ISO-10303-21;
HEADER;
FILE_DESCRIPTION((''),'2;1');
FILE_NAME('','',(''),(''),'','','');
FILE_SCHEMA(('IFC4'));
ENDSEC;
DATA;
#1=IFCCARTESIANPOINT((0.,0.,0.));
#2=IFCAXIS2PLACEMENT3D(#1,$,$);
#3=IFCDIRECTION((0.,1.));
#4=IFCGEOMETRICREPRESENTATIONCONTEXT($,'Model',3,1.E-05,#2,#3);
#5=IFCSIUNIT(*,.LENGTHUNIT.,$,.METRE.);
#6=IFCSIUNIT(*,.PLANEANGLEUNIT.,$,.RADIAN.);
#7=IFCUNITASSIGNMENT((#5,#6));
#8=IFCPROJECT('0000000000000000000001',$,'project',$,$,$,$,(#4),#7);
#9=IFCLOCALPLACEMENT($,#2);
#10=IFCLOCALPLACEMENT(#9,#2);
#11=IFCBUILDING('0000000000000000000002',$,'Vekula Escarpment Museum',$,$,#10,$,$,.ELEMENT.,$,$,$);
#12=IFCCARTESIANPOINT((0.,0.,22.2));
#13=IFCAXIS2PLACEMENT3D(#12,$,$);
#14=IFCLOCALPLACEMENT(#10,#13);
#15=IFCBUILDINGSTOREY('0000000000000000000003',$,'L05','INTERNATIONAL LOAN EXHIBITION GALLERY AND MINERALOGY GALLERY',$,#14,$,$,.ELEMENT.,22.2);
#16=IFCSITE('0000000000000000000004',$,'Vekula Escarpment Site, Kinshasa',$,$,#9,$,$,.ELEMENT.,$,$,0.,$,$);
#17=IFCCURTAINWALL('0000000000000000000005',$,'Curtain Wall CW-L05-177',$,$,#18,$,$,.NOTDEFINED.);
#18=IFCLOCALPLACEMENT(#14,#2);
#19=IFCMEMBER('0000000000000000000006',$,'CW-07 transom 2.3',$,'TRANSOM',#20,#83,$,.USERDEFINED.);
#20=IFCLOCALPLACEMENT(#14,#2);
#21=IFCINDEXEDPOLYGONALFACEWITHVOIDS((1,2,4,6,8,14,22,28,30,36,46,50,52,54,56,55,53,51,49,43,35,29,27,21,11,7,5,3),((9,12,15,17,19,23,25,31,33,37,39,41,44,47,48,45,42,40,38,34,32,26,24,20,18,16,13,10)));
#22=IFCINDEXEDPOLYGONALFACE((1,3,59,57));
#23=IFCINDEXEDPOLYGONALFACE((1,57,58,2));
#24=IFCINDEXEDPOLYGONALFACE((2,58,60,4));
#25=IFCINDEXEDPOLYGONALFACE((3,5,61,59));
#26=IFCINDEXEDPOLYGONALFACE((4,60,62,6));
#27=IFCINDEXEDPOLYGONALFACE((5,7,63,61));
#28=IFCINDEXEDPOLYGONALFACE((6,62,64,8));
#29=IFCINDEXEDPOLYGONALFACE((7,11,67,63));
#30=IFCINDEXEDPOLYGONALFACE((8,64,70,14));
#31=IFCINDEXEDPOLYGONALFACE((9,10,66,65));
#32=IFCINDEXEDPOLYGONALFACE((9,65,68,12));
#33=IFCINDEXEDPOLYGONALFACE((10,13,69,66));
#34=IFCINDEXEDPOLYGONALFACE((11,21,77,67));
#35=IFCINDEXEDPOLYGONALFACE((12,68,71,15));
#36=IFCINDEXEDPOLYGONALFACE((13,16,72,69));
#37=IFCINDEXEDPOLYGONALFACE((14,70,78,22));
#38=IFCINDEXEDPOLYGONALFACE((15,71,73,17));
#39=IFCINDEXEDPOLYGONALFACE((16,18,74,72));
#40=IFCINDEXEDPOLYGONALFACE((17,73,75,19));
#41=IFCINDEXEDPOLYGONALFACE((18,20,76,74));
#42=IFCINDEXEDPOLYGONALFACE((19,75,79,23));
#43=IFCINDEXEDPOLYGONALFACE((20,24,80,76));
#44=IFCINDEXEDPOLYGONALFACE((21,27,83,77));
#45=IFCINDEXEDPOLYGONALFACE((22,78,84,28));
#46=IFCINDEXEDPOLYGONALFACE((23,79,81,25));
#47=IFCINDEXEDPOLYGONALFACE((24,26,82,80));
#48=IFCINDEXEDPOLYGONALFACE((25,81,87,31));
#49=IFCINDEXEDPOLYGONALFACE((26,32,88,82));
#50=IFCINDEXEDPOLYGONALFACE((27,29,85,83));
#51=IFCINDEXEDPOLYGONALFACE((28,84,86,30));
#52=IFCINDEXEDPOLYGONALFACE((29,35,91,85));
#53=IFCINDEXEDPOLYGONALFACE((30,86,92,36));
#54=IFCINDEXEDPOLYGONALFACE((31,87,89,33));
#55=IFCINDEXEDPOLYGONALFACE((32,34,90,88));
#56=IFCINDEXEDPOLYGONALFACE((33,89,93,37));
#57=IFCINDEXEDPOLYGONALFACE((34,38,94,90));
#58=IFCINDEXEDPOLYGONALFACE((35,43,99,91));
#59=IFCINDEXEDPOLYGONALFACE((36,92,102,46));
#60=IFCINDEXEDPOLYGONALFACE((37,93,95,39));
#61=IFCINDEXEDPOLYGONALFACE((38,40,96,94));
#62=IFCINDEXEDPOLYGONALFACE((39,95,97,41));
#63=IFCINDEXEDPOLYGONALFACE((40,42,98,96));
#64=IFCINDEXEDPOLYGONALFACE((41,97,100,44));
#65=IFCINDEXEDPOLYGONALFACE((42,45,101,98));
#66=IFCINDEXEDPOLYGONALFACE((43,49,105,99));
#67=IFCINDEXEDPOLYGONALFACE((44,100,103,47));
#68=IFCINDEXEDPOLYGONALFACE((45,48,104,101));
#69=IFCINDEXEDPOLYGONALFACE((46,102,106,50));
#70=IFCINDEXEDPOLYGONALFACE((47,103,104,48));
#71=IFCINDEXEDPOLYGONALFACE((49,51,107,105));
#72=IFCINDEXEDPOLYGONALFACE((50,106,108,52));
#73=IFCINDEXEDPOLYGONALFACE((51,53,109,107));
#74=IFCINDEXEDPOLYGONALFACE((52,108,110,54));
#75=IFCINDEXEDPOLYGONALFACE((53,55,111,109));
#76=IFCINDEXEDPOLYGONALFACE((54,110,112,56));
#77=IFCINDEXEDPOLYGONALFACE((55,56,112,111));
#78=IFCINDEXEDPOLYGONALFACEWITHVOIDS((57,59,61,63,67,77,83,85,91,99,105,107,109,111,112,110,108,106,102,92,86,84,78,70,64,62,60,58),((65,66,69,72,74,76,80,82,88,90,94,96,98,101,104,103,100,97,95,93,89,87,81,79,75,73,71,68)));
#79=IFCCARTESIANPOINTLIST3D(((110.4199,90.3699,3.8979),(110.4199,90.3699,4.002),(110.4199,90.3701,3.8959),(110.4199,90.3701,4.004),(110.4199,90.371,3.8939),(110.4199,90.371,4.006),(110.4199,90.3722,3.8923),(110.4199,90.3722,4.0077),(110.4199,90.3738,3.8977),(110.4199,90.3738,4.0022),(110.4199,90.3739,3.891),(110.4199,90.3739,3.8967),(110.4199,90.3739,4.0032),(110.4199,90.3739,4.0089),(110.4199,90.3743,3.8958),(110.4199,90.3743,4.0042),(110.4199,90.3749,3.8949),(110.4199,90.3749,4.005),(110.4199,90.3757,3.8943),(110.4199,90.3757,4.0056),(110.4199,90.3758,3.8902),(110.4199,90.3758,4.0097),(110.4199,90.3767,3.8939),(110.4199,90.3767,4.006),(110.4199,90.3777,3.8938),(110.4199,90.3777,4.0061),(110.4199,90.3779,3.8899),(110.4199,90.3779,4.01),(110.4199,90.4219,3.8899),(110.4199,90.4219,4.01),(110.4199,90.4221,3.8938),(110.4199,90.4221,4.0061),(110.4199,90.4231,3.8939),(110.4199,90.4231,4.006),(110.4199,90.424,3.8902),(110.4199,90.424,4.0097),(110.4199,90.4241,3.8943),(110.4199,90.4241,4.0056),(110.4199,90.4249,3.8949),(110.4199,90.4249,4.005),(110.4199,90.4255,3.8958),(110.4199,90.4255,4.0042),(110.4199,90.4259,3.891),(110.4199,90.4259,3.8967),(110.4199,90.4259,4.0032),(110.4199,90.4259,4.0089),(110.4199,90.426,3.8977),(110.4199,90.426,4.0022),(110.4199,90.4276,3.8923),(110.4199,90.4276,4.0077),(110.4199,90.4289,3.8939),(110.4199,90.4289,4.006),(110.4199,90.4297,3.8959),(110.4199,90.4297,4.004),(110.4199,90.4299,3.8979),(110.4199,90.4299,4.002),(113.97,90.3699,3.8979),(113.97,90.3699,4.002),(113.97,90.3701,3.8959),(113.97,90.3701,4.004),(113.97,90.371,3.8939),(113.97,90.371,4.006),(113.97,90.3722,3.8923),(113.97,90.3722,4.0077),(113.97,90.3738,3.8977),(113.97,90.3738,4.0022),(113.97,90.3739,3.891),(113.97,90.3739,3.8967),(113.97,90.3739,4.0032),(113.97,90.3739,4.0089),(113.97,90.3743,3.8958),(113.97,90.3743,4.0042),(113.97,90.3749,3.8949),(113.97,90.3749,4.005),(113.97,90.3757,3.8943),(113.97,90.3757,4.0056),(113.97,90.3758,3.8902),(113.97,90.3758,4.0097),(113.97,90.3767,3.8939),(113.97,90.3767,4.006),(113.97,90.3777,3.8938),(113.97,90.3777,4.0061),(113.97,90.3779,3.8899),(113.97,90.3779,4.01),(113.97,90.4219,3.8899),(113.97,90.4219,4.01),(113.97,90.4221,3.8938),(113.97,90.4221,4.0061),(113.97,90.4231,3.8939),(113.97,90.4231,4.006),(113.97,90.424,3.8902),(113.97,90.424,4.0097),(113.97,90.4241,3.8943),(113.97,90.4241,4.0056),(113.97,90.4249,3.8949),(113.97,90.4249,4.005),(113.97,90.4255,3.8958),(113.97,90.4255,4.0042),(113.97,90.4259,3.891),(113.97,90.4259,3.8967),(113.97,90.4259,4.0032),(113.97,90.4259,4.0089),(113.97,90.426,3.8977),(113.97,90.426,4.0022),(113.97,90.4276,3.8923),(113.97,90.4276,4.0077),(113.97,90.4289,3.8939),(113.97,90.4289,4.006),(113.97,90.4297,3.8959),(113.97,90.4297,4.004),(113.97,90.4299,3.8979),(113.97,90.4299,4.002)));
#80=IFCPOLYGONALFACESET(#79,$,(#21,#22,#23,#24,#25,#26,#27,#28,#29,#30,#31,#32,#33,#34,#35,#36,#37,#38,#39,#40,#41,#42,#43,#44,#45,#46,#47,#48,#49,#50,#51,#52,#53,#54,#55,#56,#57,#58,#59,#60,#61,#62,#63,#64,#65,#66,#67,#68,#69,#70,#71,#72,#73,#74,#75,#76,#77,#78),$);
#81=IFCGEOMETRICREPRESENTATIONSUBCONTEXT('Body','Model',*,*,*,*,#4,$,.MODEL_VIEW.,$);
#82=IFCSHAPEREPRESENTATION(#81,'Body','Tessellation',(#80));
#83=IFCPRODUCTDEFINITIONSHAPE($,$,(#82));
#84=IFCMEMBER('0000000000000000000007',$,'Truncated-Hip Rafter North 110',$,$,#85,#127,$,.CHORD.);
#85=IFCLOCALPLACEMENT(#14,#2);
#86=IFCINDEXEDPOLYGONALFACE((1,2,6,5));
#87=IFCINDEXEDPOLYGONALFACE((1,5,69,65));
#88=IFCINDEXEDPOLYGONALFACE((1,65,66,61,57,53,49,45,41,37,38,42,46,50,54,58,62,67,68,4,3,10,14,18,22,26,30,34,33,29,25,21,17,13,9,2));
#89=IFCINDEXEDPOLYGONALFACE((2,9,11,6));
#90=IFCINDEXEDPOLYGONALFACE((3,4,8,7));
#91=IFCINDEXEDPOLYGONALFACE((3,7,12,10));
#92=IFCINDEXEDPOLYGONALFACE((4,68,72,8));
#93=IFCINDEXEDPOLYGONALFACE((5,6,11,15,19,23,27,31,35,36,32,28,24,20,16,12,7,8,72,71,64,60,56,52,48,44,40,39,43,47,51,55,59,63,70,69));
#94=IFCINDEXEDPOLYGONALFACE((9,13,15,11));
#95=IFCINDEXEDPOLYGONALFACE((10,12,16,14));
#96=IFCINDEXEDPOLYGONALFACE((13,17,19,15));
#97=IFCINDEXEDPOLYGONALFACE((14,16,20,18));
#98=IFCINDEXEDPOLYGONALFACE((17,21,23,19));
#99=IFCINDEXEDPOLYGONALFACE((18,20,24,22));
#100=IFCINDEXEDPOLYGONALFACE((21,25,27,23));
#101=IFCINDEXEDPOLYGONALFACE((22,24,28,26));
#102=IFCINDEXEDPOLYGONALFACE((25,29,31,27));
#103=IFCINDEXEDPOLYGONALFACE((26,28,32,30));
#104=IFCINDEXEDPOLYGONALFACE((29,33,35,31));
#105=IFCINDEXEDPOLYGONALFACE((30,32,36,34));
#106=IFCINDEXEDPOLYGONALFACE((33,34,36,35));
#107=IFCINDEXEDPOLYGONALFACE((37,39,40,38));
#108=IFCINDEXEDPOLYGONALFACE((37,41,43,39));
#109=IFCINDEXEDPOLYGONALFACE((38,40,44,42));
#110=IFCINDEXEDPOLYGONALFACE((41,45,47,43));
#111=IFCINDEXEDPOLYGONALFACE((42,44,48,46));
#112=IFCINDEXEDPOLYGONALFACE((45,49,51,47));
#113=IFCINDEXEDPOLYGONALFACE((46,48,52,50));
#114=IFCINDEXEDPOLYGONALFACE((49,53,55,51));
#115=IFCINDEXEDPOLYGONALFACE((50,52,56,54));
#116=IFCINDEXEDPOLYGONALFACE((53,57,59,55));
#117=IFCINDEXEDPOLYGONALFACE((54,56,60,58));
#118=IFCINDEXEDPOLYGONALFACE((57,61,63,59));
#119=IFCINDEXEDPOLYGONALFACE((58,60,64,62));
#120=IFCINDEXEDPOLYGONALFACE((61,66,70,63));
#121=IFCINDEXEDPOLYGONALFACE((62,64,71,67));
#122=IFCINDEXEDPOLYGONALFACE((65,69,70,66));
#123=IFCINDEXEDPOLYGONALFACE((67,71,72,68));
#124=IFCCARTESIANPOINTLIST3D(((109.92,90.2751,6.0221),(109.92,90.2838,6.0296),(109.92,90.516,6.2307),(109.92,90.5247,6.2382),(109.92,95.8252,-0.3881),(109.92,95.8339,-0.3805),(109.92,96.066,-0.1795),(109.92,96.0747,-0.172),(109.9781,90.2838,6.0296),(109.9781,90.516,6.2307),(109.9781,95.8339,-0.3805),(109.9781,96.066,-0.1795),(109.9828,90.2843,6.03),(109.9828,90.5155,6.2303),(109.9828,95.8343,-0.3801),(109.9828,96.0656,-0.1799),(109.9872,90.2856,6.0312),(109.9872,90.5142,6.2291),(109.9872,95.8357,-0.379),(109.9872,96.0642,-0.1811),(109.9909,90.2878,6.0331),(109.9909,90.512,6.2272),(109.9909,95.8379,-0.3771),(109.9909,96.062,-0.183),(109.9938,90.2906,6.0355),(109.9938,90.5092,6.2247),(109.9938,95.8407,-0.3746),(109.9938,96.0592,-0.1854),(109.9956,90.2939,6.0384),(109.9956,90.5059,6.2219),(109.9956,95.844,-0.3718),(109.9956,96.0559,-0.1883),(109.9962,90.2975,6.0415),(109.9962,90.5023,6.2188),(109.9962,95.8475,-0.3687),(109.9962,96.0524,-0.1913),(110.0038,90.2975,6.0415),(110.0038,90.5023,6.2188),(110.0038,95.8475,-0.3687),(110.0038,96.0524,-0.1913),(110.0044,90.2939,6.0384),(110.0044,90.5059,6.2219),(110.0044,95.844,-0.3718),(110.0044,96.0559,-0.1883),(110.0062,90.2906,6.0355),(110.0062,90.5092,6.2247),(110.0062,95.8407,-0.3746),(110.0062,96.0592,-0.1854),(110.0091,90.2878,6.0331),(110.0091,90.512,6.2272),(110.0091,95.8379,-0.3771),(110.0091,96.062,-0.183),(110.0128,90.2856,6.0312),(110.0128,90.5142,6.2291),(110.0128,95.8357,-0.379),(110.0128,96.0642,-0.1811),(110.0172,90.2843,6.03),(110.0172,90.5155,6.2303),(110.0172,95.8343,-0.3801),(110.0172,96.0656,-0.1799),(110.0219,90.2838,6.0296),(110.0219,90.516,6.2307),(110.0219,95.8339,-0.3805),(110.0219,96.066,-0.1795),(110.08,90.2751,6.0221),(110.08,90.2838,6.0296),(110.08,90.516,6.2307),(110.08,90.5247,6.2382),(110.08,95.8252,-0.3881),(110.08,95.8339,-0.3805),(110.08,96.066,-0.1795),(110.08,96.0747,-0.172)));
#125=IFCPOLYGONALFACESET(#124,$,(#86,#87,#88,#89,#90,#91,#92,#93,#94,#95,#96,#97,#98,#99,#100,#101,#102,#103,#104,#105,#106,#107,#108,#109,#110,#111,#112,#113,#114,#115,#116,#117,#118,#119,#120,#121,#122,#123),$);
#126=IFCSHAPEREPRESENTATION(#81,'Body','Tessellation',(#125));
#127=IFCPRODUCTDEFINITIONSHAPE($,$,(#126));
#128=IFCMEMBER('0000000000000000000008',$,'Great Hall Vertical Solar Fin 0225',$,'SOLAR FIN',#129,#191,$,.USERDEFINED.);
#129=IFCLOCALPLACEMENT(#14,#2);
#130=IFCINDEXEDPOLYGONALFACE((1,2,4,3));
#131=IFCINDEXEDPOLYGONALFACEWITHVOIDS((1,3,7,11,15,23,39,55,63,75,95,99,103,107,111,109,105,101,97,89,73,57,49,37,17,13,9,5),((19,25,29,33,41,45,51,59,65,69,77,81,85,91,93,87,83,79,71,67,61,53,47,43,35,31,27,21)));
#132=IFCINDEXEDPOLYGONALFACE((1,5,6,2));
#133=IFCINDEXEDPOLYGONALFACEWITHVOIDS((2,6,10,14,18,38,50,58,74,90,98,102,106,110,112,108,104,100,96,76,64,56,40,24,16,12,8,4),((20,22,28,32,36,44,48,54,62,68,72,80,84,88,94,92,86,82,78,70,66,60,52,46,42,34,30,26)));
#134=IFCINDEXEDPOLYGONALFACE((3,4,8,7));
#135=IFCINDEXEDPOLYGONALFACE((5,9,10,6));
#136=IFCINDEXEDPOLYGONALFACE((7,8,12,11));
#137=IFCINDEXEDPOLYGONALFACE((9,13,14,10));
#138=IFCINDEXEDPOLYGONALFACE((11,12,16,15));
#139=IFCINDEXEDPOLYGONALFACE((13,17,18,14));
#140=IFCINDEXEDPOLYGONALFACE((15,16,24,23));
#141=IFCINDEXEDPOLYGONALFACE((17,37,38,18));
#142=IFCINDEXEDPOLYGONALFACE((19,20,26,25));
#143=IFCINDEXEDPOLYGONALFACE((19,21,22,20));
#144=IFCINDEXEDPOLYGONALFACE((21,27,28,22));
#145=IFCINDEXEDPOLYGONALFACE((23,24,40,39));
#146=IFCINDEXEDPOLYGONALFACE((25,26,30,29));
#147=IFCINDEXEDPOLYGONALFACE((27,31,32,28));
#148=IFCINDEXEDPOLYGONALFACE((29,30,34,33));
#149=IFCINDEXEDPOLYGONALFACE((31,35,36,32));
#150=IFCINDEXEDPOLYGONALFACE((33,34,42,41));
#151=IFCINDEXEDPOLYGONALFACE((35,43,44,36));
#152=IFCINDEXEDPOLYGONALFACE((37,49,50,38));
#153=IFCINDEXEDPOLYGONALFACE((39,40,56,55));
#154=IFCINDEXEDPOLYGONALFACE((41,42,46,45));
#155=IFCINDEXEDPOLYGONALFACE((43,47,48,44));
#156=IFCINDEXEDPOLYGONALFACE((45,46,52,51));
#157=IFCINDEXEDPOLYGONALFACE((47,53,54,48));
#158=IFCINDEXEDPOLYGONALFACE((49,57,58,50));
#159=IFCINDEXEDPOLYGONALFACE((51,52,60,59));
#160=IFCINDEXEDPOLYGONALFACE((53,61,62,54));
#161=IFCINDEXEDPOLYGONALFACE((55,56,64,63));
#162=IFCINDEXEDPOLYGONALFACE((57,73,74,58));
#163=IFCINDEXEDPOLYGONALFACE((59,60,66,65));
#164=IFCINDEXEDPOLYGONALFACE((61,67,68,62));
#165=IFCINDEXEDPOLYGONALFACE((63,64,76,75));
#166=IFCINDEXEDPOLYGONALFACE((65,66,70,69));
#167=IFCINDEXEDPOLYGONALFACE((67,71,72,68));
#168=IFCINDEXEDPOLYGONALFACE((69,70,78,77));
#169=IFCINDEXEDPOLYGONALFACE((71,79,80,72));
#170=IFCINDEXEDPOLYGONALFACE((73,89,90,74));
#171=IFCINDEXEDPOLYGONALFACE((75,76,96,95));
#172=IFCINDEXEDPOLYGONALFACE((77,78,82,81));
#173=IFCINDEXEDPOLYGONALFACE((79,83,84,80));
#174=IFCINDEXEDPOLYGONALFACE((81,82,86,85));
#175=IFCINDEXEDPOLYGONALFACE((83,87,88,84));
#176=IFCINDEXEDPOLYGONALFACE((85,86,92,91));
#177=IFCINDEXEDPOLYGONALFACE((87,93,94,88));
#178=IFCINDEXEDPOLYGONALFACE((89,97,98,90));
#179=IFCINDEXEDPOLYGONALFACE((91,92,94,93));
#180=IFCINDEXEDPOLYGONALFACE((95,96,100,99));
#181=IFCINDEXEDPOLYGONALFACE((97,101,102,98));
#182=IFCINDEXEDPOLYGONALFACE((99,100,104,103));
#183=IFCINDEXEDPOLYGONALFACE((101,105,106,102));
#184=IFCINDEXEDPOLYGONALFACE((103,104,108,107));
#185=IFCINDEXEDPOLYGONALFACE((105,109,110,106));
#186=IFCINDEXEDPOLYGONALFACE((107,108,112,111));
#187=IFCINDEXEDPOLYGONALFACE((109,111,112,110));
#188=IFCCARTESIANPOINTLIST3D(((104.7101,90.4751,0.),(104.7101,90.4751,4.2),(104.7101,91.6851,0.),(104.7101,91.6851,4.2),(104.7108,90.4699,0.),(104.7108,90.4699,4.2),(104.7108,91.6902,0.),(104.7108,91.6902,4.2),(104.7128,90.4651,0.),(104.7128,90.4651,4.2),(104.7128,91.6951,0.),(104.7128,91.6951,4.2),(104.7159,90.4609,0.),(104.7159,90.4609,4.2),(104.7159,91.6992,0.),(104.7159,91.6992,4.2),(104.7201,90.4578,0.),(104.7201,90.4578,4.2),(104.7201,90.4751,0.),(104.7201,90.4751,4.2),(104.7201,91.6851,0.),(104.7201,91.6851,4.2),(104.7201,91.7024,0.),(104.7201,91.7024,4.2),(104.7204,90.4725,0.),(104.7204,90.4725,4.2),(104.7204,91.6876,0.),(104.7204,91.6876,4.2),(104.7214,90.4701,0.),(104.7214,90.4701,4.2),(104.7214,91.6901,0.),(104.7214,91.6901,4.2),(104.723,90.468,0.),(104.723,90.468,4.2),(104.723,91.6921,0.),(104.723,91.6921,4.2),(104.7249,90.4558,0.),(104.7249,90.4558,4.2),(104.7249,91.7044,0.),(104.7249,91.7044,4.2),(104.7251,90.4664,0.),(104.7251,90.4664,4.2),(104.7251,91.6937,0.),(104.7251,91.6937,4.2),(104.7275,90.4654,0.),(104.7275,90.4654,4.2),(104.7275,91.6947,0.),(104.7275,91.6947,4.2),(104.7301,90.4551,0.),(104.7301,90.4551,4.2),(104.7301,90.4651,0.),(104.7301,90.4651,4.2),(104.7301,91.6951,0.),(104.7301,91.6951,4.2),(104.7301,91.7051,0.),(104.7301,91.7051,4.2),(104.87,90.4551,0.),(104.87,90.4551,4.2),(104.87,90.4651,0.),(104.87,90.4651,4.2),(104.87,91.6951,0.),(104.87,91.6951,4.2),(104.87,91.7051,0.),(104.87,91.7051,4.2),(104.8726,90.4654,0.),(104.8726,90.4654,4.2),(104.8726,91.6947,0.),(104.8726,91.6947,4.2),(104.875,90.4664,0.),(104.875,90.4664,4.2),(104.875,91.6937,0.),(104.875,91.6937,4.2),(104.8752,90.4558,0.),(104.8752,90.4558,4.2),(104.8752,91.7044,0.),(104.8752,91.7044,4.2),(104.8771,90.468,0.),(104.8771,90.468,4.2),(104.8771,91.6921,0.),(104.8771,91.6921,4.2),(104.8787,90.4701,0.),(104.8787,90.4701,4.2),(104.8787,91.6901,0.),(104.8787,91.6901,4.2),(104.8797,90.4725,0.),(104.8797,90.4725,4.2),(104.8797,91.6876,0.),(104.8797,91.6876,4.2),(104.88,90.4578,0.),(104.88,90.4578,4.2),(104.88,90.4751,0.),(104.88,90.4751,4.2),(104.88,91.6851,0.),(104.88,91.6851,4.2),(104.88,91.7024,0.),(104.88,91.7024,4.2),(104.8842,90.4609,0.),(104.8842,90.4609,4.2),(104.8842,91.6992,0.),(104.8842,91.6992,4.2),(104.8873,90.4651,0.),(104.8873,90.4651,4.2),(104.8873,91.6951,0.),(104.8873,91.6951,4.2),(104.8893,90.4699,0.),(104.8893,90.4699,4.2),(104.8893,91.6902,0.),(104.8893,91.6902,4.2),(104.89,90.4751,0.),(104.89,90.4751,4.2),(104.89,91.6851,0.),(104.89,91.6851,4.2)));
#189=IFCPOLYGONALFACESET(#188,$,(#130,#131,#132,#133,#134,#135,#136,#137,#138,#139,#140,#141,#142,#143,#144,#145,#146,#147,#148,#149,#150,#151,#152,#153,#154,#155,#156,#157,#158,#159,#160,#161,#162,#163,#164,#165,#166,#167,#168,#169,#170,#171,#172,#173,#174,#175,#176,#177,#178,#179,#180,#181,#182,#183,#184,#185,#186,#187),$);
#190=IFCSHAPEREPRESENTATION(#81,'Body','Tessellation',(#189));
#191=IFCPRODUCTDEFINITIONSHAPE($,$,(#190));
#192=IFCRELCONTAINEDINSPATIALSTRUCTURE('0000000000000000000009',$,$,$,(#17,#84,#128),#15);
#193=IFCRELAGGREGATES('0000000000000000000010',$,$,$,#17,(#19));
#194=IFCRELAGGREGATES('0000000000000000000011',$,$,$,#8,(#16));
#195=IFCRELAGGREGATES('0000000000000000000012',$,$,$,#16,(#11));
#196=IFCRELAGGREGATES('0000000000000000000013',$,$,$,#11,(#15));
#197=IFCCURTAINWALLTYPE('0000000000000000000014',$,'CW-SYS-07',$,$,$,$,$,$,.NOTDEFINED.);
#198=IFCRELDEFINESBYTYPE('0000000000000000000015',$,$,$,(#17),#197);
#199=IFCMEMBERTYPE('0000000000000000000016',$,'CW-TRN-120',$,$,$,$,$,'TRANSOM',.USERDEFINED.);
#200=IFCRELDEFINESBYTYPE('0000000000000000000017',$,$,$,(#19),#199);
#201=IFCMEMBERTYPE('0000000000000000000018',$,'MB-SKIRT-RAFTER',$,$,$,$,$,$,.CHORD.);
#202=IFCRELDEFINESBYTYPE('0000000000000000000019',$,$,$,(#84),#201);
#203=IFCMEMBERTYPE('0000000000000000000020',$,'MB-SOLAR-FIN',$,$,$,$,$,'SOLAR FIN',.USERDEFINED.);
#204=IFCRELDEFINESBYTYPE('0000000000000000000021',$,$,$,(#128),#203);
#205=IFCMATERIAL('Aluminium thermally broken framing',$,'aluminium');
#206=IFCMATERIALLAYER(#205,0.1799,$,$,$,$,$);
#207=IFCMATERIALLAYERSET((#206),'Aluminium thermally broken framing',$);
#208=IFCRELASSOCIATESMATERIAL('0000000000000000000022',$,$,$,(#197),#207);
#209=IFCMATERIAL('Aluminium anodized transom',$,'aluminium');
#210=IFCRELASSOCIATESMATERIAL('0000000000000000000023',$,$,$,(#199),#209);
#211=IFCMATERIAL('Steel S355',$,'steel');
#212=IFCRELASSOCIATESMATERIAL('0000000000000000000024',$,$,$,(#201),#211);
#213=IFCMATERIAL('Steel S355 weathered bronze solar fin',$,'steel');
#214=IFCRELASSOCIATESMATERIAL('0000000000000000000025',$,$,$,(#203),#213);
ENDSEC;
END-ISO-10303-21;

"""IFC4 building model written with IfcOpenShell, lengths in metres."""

from ifc_helpers import new_model, si_unit, direction, frame, origin, origin_2d, place, context, subcontext, project, spatial, hollow_rectangle, i_section, extrude, material, layer, layer_set, material_profile, profile_set, type_object, element, aggregate, save


model = new_model("IFC4")

# Units and contexts
model_context = context("Model", 3, precision=1e-05, world=origin(), true_north=direction((0.0, 1.0)))
body_context = subcontext(model_context, "Body", "Model", "MODEL_VIEW")
ifc_project = project(units=[si_unit("LENGTHUNIT", "METRE"), si_unit("PLANEANGLEUNIT", "RADIAN")], contexts=[model_context])

# Site, building, storey
site_placement = place(None, origin())
site = spatial("IfcSite", under=ifc_project, at=site_placement, Name="Vekula Escarpment Site, Kinshasa", CompositionType="ELEMENT", RefElevation=0.0)
building_placement = place(site_placement, origin())
building = spatial("IfcBuilding", under=site, at=building_placement, Name="Vekula Escarpment Museum", CompositionType="ELEMENT")
storey_placement = place(building_placement, frame((0.0, 0.0, 22.2)))
storey = spatial("IfcBuildingStorey", under=building, at=storey_placement, Name="L05", Description="INTERNATIONAL LOAN EXHIBITION GALLERY AND MINERALOGY GALLERY", CompositionType="ELEMENT", Elevation=22.2)

# Curtain wall, member
ifc_material_1 = material(Name="Aluminium thermally broken framing", Category="aluminium")
ifc_layer_1 = layer(ifc_material_1, 0.1799)
ifc_layer_set_1 = layer_set([ifc_layer_1], Name="Aluminium thermally broken framing")
curtain_wall_type = type_object("IfcCurtainWallType", Name="CW-SYS-07", PredefinedType="NOTDEFINED", material=ifc_layer_set_1)
curtain_wall_placement = place(storey_placement, origin())
curtain_wall = element("IfcCurtainWall", 1, at=curtain_wall_placement, inside=storey, type_object=curtain_wall_type, Name="Curtain Wall CW-L05-177", PredefinedType="NOTDEFINED")
ifc_material_2 = material(Name="Aluminium anodized transom", Category="aluminium")
ifc_material_profile_1 = material_profile(ifc_material_2, hollow_rectangle(XDim=0.0601, YDim=0.1201, WallThickness=0.0039, InnerFilletRadius=0.0039, OuterFilletRadius=0.0081, at=origin_2d()), Name="ALU 120x60x4")
ifc_profile_set_1 = profile_set([ifc_material_profile_1], Name="Aluminium anodized transom")
member_type_1 = type_object("IfcMemberType", Name="CW-TRN-120", ElementType="TRANSOM", PredefinedType="USERDEFINED", material=ifc_profile_set_1)
member_1_placement = place(storey_placement, frame((113.97, 90.3999, 3.95), z_axis=(-1.0, 0.0, 0.0), x_axis=(0.0, -1.0, 0.0)))
member_1 = element("IfcMember", 2, at=member_1_placement, type_object=member_type_1, Name="CW-07 transom 2.3", ObjectType="TRANSOM", PredefinedType="USERDEFINED", context=body_context, shape_type="SweptSolid", body=[
    extrude(hollow_rectangle(XDim=0.0601, YDim=0.1201, WallThickness=0.0039, InnerFilletRadius=0.0039, OuterFilletRadius=0.0081, at=origin_2d()), origin(), (0.0, 0.0, 1.0), 3.55),
])

# Members
ifc_material_3 = material(Name="Steel S355", Category="steel")
ifc_material_profile_2 = material_profile(ifc_material_3, i_section(OverallWidth=0.1599, OverallDepth=0.3301, WebThickness=0.0076, FlangeThickness=0.0115, FilletRadius=0.0181, at=origin_2d()), Name="IPE 330")
ifc_profile_set_2 = profile_set([ifc_material_profile_2], Name="Steel S355")
member_type_2 = type_object("IfcMemberType", Name="MB-SKIRT-RAFTER", PredefinedType="CHORD", material=ifc_profile_set_2)
member_2_placement = place(storey_placement, frame((110.0, 95.95, -0.28), z_axis=(0.0, -0.654565, 0.756005), x_axis=(1.0, 0.0, 0.0)))
element("IfcMember", 3, at=member_2_placement, inside=storey, type_object=member_type_2, Name="Truncated-Hip Rafter North 110", PredefinedType="CHORD", context=body_context, shape_type="SweptSolid", body=[
    extrude(i_section(OverallWidth=0.1599, OverallDepth=0.3301, WebThickness=0.0076, FlangeThickness=0.0115, FilletRadius=0.0181, at=origin_2d()), origin(), (0.0, 0.0, 1.0), 8.479),
])
ifc_material_4 = material(Name="Steel S355 weathered bronze solar fin", Category="steel")
ifc_material_profile_3 = material_profile(ifc_material_4, hollow_rectangle(XDim=0.1799, YDim=1.25, WallThickness=0.01, InnerFilletRadius=0.01, OuterFilletRadius=0.02, at=origin_2d()), Name="RHS 1250x180x10")
ifc_profile_set_3 = profile_set([ifc_material_profile_3], Name="Steel S355 weathered bronze solar fin")
member_type_3 = type_object("IfcMemberType", Name="MB-SOLAR-FIN", ElementType="SOLAR FIN", PredefinedType="USERDEFINED", material=ifc_profile_set_3)
for number, where, z_axis, x_axis, name in (
    (4, (104.8, 91.0801, 0.0), (0.0, 0.0, 1.0), (1.0, 0.0, 0.0), "Great Hall Vertical Solar Fin 0225"),
):
    element("IfcMember", number, at=place(storey_placement, frame(where, z_axis=z_axis, x_axis=x_axis)), inside=storey, type_object=member_type_3, Name=name, ObjectType="SOLAR FIN", PredefinedType="USERDEFINED", context=body_context, shape_type="SweptSolid", body=[
        extrude(hollow_rectangle(XDim=0.1799, YDim=1.25, WallThickness=0.01, InnerFilletRadius=0.01, OuterFilletRadius=0.02, at=origin_2d()), origin(), (0.0, 0.0, 1.0), 4.2),
    ])

aggregate(curtain_wall, [member_1])

save(model, "model.ifc")
